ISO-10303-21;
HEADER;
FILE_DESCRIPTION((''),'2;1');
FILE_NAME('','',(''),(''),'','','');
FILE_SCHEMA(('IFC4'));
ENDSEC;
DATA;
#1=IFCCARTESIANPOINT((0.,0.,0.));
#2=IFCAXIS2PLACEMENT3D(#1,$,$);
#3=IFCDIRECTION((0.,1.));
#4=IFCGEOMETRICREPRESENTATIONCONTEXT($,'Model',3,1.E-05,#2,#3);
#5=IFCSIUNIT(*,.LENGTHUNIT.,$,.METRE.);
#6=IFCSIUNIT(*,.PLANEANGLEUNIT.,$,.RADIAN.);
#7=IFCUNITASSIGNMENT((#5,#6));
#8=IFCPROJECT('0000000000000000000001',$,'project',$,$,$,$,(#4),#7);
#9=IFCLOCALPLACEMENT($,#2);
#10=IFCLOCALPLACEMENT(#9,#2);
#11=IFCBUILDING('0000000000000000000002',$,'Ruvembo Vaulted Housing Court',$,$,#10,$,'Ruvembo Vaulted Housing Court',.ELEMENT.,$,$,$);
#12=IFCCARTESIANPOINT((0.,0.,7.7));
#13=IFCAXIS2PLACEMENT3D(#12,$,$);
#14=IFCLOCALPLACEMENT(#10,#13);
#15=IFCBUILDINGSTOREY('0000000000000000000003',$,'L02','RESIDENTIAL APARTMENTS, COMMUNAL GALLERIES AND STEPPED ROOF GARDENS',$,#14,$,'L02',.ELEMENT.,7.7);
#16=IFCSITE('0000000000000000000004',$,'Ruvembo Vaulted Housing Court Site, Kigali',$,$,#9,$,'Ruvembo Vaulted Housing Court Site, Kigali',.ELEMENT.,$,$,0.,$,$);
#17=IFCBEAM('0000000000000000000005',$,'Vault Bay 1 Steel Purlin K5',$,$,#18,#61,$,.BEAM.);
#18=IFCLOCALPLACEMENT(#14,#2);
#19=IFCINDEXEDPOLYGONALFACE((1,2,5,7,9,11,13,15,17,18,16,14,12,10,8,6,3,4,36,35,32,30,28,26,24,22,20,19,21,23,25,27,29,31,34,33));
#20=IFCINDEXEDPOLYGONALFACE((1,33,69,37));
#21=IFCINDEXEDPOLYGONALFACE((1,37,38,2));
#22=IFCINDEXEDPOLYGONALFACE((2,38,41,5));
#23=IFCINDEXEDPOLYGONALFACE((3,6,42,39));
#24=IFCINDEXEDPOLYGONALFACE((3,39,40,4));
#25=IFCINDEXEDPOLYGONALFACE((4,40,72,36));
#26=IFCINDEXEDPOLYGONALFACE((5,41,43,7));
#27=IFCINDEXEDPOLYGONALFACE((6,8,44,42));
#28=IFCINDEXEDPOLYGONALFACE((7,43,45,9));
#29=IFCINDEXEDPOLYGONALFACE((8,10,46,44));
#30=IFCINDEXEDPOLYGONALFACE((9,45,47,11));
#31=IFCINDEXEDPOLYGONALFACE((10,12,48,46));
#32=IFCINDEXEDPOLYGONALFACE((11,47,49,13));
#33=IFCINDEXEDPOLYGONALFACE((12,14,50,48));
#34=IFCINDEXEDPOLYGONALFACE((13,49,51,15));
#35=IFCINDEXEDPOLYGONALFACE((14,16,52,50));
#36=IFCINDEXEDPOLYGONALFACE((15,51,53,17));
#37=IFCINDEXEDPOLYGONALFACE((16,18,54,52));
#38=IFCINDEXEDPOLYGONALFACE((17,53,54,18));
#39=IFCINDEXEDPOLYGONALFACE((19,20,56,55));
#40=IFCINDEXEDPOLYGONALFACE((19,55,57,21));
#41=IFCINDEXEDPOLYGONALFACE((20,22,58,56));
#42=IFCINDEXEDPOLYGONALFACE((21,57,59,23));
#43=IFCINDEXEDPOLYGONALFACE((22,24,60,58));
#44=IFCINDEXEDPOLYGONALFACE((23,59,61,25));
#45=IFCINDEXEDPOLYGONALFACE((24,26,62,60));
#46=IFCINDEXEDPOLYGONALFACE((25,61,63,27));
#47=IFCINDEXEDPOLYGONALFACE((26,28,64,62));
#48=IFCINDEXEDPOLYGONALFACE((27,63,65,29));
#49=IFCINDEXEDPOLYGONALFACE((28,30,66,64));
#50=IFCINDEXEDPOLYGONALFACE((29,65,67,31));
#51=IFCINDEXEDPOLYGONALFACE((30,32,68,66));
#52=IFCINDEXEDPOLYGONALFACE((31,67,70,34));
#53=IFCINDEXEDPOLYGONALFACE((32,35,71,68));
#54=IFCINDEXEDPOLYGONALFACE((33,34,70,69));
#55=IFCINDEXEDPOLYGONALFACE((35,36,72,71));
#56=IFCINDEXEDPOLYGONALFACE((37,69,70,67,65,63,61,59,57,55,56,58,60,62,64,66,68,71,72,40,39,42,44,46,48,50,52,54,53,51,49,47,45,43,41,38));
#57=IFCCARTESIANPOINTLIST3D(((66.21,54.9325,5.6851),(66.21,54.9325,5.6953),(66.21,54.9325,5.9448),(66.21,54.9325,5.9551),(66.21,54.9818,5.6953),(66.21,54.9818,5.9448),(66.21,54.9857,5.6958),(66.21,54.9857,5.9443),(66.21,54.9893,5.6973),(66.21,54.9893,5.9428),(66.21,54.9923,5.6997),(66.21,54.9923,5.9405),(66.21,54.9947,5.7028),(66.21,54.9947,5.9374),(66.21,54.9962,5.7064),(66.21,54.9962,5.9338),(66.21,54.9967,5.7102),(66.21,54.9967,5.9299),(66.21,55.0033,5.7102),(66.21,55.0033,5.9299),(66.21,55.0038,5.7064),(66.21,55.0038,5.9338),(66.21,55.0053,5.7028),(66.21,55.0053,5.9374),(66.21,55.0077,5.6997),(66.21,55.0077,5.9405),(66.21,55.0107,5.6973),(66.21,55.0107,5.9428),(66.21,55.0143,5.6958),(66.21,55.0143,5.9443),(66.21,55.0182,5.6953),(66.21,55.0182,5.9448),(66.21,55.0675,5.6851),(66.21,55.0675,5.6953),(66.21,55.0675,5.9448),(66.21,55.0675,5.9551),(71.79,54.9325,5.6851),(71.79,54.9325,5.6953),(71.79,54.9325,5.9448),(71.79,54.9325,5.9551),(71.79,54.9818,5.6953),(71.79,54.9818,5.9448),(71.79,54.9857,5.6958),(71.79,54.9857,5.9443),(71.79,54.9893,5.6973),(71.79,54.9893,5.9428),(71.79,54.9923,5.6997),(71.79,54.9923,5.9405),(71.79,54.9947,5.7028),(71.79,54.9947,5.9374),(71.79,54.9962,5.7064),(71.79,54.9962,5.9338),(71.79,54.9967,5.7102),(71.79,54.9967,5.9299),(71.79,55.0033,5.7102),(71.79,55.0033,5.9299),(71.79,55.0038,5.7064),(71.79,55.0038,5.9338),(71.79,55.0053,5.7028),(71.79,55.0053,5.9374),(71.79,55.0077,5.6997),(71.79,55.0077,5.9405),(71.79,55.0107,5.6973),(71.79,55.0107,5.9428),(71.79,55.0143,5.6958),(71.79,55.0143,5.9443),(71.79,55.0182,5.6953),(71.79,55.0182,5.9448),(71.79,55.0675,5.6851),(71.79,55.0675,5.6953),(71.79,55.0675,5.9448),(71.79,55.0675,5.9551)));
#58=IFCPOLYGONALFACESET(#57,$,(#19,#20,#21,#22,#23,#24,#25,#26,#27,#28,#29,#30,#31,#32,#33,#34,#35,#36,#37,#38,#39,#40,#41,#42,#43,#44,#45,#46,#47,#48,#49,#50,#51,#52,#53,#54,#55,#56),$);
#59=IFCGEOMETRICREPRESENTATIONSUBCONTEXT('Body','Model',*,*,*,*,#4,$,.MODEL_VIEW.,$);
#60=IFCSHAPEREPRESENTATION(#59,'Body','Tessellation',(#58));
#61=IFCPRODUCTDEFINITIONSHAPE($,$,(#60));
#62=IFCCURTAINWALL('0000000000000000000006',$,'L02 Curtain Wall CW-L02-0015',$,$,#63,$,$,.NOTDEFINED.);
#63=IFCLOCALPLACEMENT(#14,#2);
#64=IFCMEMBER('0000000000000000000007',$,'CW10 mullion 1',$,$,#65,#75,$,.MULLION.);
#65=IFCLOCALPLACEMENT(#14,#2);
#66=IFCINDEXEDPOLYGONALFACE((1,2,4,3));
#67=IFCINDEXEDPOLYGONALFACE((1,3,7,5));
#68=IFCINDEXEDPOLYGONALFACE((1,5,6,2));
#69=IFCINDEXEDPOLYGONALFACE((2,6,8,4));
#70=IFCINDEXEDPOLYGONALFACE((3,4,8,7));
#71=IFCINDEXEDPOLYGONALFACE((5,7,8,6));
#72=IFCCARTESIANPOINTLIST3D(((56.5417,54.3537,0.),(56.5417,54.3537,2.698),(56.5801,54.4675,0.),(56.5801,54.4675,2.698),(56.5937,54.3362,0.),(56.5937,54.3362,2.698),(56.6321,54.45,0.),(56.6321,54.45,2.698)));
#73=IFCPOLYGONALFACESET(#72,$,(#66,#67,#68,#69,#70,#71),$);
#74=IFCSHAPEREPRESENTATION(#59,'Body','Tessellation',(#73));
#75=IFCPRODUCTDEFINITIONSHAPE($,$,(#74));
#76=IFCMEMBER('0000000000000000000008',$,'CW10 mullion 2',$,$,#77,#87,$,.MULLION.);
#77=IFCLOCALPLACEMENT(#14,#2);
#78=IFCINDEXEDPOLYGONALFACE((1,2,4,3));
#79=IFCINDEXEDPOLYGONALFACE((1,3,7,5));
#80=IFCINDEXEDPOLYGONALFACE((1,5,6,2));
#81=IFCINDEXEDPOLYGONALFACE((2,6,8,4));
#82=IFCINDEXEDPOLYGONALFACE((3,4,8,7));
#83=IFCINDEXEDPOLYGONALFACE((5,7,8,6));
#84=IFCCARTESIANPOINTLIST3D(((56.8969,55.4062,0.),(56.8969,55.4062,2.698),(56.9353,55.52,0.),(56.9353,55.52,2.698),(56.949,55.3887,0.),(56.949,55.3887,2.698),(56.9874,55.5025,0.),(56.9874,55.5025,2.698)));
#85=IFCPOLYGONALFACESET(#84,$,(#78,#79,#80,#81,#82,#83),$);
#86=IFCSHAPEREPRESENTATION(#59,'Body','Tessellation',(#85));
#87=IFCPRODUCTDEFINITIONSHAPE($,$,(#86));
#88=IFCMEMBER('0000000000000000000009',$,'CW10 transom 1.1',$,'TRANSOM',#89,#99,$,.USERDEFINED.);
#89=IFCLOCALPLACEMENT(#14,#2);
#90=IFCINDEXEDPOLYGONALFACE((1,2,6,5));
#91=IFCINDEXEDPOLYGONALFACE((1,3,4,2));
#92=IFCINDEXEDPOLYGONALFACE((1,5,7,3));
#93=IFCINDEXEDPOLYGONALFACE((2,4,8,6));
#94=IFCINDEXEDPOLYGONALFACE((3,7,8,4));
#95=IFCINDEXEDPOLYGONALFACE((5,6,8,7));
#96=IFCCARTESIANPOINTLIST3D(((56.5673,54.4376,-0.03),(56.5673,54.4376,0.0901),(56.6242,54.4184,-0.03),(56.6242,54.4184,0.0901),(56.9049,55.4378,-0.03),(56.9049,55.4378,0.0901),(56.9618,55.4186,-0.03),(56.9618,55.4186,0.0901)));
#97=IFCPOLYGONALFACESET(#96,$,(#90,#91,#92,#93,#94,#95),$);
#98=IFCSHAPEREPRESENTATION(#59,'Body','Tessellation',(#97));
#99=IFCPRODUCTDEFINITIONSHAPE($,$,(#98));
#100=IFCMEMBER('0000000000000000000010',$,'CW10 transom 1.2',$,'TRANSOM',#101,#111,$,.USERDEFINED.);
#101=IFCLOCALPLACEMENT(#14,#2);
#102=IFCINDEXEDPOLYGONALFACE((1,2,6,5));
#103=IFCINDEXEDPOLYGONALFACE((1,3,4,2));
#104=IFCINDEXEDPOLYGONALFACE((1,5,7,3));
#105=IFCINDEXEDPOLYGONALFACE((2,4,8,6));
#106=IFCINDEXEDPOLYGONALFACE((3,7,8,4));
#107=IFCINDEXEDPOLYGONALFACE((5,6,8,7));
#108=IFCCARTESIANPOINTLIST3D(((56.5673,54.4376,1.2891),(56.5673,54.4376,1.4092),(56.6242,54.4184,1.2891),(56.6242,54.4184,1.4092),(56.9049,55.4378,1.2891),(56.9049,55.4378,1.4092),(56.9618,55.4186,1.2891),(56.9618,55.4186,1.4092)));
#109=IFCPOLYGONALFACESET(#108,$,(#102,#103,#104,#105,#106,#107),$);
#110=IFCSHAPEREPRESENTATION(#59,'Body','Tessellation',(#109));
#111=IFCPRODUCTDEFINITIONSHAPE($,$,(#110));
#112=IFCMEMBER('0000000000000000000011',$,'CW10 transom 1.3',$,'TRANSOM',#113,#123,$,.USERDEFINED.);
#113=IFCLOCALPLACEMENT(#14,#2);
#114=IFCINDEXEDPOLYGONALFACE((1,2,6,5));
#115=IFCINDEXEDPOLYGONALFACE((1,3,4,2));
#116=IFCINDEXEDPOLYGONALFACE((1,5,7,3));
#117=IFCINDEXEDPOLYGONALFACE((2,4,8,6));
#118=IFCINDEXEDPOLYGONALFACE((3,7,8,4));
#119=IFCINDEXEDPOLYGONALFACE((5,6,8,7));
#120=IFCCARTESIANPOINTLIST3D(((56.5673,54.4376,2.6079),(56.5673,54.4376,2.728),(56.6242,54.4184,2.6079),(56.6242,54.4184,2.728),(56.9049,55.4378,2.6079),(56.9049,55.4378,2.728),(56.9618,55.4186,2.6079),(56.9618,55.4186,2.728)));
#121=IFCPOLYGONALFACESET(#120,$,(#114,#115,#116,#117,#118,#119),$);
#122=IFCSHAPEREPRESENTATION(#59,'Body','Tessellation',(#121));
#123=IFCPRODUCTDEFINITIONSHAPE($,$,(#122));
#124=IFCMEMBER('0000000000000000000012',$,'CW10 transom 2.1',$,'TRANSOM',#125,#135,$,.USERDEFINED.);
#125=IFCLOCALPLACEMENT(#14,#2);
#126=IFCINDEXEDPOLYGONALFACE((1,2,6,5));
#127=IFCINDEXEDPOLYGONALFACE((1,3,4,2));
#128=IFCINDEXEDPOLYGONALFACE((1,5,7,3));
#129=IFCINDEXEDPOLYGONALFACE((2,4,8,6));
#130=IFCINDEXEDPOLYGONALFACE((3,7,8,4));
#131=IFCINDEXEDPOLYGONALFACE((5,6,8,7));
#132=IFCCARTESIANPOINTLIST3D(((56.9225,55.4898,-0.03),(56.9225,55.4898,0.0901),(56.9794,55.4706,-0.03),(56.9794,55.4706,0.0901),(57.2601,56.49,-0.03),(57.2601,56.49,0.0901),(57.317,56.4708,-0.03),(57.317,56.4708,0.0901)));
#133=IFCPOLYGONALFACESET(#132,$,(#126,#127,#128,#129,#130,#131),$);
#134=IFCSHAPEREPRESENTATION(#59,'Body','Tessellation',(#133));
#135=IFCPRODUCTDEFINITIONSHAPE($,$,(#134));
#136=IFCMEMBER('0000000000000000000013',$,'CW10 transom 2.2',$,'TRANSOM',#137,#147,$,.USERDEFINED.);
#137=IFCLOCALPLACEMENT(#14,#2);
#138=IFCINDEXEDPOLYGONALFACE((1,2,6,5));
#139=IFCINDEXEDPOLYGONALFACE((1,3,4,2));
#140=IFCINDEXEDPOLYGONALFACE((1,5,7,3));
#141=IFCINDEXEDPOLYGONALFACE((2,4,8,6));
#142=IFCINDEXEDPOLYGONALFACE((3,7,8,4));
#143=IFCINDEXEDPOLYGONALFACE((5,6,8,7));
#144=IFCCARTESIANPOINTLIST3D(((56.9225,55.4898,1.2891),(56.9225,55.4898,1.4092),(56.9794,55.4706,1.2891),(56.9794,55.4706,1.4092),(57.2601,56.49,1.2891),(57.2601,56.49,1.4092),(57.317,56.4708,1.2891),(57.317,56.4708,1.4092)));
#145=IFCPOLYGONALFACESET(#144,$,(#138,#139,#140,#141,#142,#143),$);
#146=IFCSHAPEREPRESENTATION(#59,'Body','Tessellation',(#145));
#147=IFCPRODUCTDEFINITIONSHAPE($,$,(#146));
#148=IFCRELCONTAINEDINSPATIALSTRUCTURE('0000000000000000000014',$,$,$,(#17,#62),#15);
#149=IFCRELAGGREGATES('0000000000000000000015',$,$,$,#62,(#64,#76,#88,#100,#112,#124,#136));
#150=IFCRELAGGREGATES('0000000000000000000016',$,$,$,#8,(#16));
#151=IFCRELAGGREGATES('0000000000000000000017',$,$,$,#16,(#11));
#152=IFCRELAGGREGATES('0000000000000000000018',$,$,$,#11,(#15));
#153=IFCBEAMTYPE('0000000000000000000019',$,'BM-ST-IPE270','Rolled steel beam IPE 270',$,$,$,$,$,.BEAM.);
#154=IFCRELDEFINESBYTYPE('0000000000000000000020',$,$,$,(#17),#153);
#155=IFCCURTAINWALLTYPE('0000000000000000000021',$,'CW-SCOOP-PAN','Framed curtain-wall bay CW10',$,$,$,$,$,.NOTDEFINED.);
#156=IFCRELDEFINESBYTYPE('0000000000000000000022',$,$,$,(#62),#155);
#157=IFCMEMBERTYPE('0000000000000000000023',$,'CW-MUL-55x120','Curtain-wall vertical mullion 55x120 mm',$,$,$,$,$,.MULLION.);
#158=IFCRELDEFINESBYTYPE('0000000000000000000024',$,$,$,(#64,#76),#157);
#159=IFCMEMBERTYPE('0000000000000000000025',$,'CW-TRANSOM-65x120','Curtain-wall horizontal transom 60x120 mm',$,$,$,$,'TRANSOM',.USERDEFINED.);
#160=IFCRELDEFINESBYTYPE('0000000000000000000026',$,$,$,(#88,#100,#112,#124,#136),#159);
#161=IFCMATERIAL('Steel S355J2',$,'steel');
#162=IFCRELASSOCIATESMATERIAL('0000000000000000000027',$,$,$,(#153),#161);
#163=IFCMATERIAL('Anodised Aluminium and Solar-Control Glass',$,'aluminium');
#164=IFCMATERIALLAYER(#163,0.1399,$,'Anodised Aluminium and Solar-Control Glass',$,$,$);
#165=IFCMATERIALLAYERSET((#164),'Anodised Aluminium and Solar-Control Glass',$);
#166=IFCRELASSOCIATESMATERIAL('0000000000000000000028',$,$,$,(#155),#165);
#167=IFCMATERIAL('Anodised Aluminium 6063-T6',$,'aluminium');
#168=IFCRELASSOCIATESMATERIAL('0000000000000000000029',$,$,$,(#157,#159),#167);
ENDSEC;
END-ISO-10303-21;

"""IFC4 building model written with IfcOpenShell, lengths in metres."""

from ifc_helpers import new_model, si_unit, direction, frame, origin, origin_2d, place, context, subcontext, project, spatial, rectangle, i_section, extrude, material, layer, layer_set, material_profile, profile_set, type_object, element, aggregate, save


model = new_model("IFC4")

# Units and contexts
model_context = context("Model", 3, precision=1e-05, world=origin(), true_north=direction((0.0, 1.0)))
body_context = subcontext(model_context, "Body", "Model", "MODEL_VIEW")
ifc_project = project(units=[si_unit("LENGTHUNIT", "METRE"), si_unit("PLANEANGLEUNIT", "RADIAN")], contexts=[model_context])

# Site, building, storey
site_placement = place(None, origin())
site = spatial("IfcSite", under=ifc_project, at=site_placement, Name="Ruvembo Vaulted Housing Court Site, Kigali", LongName="Ruvembo Vaulted Housing Court Site, Kigali", CompositionType="ELEMENT", RefElevation=0.0)
building_placement = place(site_placement, origin())
building = spatial("IfcBuilding", under=site, at=building_placement, Name="Ruvembo Vaulted Housing Court", LongName="Ruvembo Vaulted Housing Court", CompositionType="ELEMENT")
storey_placement = place(building_placement, frame((0.0, 0.0, 7.7)))
storey = spatial("IfcBuildingStorey", under=building, at=storey_placement, Name="L02", Description="RESIDENTIAL APARTMENTS, COMMUNAL GALLERIES AND STEPPED ROOF GARDENS", LongName="L02", CompositionType="ELEMENT", Elevation=7.7)

# Beam
ifc_material_1 = material(Name="Steel S355J2", Category="steel")
ifc_material_profile_1 = material_profile(ifc_material_1, i_section(OverallWidth=0.135, OverallDepth=0.27, WebThickness=0.0066, FlangeThickness=0.0103, FilletRadius=0.0149, at=origin_2d()), Name="IPE 270")
ifc_profile_set_1 = profile_set([ifc_material_profile_1], Name="Steel S355J2")
beam_type_1 = type_object("IfcBeamType", Name="BM-ST-IPE270", Description="Rolled steel beam IPE 270", PredefinedType="BEAM", material=ifc_profile_set_1)
for number, where, z_axis, x_axis, name in (
    (1, (66.21, 55.0, 5.8201), (1.0, 0.0, 0.0), (0.0, 1.0, 0.0), "Vault Bay 1 Steel Purlin K5"),
):
    element("IfcBeam", number, at=place(storey_placement, frame(where, z_axis=z_axis, x_axis=x_axis)), inside=storey, type_object=beam_type_1, Name=name, PredefinedType="BEAM", context=body_context, shape_type="SweptSolid", body=[
        extrude(i_section(OverallWidth=0.135, OverallDepth=0.27, WebThickness=0.0066, FlangeThickness=0.0103, FilletRadius=0.0149, at=origin_2d()), origin(), (0.0, 0.0, 1.0), 5.5801),
    ])

# Curtain wall, members
ifc_material_2 = material(Name="Anodised Aluminium and Solar-Control Glass", Category="aluminium")
ifc_layer_1 = layer(ifc_material_2, 0.1399, Name="Anodised Aluminium and Solar-Control Glass")
ifc_layer_set_1 = layer_set([ifc_layer_1], Name="Anodised Aluminium and Solar-Control Glass")
curtain_wall_type = type_object("IfcCurtainWallType", Name="CW-SCOOP-PAN", Description="Framed curtain-wall bay CW10", PredefinedType="NOTDEFINED", material=ifc_layer_set_1)
curtain_wall_placement = place(storey_placement, origin())
curtain_wall = element("IfcCurtainWall", 2, at=curtain_wall_placement, inside=storey, type_object=curtain_wall_type, Name="L02 Curtain Wall CW-L02-0015", PredefinedType="NOTDEFINED")
ifc_material_3 = material(Name="Anodised Aluminium 6063-T6", Category="aluminium")
ifc_material_profile_2 = material_profile(ifc_material_3, rectangle(XDim=0.0549, YDim=0.1201, at=origin_2d()), Name="ALU 55x120")
ifc_profile_set_2 = profile_set([ifc_material_profile_2], Name="Anodised Aluminium 6063-T6")
member_type_1 = type_object("IfcMemberType", Name="CW-MUL-55x120", Description="Curtain-wall vertical mullion 55x120 mm", PredefinedType="MULLION", material=ifc_profile_set_2)
member_1_placement = place(storey_placement, frame((56.5869, 54.4019, 0.0), z_axis=(0.0, 0.0, 1.0), x_axis=(-0.947473, 0.319836, 0.0)))
member_1 = element("IfcMember", 3, at=member_1_placement, type_object=member_type_1, Name="CW10 mullion 1", PredefinedType="MULLION", context=body_context, shape_type="SweptSolid", body=[
    extrude(rectangle(XDim=0.0549, YDim=0.1201, at=origin_2d()), origin(), (0.0, 0.0, 1.0), 2.698),
])
member_2_placement = place(storey_placement, frame((56.9421, 55.4543, 0.0), z_axis=(0.0, 0.0, 1.0), x_axis=(-0.947473, 0.319836, 0.0)))
member_2 = element("IfcMember", 4, at=member_2_placement, type_object=member_type_1, Name="CW10 mullion 2", PredefinedType="MULLION", context=body_context, shape_type="SweptSolid", body=[
    extrude(rectangle(XDim=0.0549, YDim=0.1201, at=origin_2d()), origin(), (0.0, 0.0, 1.0), 2.698),
])
ifc_material_profile_3 = material_profile(ifc_material_3, rectangle(XDim=0.0601, YDim=0.1201, at=origin_2d()), Name="ALU 60x120")
ifc_profile_set_3 = profile_set([ifc_material_profile_3], Name="Anodised Aluminium 6063-T6")
member_type_2 = type_object("IfcMemberType", Name="CW-TRANSOM-65x120", Description="Curtain-wall horizontal transom 60x120 mm", ElementType="TRANSOM", PredefinedType="USERDEFINED", material=ifc_profile_set_3)
member_3_placement = place(storey_placement, frame((56.5957, 54.428, 0.03), z_axis=(0.319833, 0.947474, 0.0), x_axis=(-0.947474, 0.319833, 0.0)))
member_3 = element("IfcMember", 5, at=member_3_placement, type_object=member_type_2, Name="CW10 transom 1.1", ObjectType="TRANSOM", PredefinedType="USERDEFINED", context=body_context, shape_type="SweptSolid", body=[
    extrude(rectangle(XDim=0.0601, YDim=0.1201, at=origin_2d()), origin(), (0.0, 0.0, 1.0), 1.0557),
])
member_4_placement = place(storey_placement, frame((56.5957, 54.428, 1.3491), z_axis=(0.319833, 0.947474, 0.0), x_axis=(-0.947474, 0.319833, 0.0)))
member_4 = element("IfcMember", 6, at=member_4_placement, type_object=member_type_2, Name="CW10 transom 1.2", ObjectType="TRANSOM", PredefinedType="USERDEFINED", context=body_context, shape_type="SweptSolid", body=[
    extrude(rectangle(XDim=0.0601, YDim=0.1201, at=origin_2d()), origin(), (0.0, 0.0, 1.0), 1.0557),
])
member_5_placement = place(storey_placement, frame((56.5957, 54.428, 2.668), z_axis=(0.319833, 0.947474, 0.0), x_axis=(-0.947474, 0.319833, 0.0)))
member_5 = element("IfcMember", 7, at=member_5_placement, type_object=member_type_2, Name="CW10 transom 1.3", ObjectType="TRANSOM", PredefinedType="USERDEFINED", context=body_context, shape_type="SweptSolid", body=[
    extrude(rectangle(XDim=0.0601, YDim=0.1201, at=origin_2d()), origin(), (0.0, 0.0, 1.0), 1.0557),
])
member_6_placement = place(storey_placement, frame((56.9509, 55.4802, 0.03), z_axis=(0.319833, 0.947474, 0.0), x_axis=(-0.947474, 0.319833, 0.0)))
member_6 = element("IfcMember", 8, at=member_6_placement, type_object=member_type_2, Name="CW10 transom 2.1", ObjectType="TRANSOM", PredefinedType="USERDEFINED", context=body_context, shape_type="SweptSolid", body=[
    extrude(rectangle(XDim=0.0601, YDim=0.1201, at=origin_2d()), origin(), (0.0, 0.0, 1.0), 1.0557),
])
member_7_placement = place(storey_placement, frame((56.9509, 55.4802, 1.3491), z_axis=(0.319833, 0.947474, 0.0), x_axis=(-0.947474, 0.319833, 0.0)))
member_7 = element("IfcMember", 9, at=member_7_placement, type_object=member_type_2, Name="CW10 transom 2.2", ObjectType="TRANSOM", PredefinedType="USERDEFINED", context=body_context, shape_type="SweptSolid", body=[
    extrude(rectangle(XDim=0.0601, YDim=0.1201, at=origin_2d()), origin(), (0.0, 0.0, 1.0), 1.0557),
])

aggregate(curtain_wall, [member_1, member_2, member_3, member_4, member_5, member_6, member_7])

save(model, "model.ifc")
